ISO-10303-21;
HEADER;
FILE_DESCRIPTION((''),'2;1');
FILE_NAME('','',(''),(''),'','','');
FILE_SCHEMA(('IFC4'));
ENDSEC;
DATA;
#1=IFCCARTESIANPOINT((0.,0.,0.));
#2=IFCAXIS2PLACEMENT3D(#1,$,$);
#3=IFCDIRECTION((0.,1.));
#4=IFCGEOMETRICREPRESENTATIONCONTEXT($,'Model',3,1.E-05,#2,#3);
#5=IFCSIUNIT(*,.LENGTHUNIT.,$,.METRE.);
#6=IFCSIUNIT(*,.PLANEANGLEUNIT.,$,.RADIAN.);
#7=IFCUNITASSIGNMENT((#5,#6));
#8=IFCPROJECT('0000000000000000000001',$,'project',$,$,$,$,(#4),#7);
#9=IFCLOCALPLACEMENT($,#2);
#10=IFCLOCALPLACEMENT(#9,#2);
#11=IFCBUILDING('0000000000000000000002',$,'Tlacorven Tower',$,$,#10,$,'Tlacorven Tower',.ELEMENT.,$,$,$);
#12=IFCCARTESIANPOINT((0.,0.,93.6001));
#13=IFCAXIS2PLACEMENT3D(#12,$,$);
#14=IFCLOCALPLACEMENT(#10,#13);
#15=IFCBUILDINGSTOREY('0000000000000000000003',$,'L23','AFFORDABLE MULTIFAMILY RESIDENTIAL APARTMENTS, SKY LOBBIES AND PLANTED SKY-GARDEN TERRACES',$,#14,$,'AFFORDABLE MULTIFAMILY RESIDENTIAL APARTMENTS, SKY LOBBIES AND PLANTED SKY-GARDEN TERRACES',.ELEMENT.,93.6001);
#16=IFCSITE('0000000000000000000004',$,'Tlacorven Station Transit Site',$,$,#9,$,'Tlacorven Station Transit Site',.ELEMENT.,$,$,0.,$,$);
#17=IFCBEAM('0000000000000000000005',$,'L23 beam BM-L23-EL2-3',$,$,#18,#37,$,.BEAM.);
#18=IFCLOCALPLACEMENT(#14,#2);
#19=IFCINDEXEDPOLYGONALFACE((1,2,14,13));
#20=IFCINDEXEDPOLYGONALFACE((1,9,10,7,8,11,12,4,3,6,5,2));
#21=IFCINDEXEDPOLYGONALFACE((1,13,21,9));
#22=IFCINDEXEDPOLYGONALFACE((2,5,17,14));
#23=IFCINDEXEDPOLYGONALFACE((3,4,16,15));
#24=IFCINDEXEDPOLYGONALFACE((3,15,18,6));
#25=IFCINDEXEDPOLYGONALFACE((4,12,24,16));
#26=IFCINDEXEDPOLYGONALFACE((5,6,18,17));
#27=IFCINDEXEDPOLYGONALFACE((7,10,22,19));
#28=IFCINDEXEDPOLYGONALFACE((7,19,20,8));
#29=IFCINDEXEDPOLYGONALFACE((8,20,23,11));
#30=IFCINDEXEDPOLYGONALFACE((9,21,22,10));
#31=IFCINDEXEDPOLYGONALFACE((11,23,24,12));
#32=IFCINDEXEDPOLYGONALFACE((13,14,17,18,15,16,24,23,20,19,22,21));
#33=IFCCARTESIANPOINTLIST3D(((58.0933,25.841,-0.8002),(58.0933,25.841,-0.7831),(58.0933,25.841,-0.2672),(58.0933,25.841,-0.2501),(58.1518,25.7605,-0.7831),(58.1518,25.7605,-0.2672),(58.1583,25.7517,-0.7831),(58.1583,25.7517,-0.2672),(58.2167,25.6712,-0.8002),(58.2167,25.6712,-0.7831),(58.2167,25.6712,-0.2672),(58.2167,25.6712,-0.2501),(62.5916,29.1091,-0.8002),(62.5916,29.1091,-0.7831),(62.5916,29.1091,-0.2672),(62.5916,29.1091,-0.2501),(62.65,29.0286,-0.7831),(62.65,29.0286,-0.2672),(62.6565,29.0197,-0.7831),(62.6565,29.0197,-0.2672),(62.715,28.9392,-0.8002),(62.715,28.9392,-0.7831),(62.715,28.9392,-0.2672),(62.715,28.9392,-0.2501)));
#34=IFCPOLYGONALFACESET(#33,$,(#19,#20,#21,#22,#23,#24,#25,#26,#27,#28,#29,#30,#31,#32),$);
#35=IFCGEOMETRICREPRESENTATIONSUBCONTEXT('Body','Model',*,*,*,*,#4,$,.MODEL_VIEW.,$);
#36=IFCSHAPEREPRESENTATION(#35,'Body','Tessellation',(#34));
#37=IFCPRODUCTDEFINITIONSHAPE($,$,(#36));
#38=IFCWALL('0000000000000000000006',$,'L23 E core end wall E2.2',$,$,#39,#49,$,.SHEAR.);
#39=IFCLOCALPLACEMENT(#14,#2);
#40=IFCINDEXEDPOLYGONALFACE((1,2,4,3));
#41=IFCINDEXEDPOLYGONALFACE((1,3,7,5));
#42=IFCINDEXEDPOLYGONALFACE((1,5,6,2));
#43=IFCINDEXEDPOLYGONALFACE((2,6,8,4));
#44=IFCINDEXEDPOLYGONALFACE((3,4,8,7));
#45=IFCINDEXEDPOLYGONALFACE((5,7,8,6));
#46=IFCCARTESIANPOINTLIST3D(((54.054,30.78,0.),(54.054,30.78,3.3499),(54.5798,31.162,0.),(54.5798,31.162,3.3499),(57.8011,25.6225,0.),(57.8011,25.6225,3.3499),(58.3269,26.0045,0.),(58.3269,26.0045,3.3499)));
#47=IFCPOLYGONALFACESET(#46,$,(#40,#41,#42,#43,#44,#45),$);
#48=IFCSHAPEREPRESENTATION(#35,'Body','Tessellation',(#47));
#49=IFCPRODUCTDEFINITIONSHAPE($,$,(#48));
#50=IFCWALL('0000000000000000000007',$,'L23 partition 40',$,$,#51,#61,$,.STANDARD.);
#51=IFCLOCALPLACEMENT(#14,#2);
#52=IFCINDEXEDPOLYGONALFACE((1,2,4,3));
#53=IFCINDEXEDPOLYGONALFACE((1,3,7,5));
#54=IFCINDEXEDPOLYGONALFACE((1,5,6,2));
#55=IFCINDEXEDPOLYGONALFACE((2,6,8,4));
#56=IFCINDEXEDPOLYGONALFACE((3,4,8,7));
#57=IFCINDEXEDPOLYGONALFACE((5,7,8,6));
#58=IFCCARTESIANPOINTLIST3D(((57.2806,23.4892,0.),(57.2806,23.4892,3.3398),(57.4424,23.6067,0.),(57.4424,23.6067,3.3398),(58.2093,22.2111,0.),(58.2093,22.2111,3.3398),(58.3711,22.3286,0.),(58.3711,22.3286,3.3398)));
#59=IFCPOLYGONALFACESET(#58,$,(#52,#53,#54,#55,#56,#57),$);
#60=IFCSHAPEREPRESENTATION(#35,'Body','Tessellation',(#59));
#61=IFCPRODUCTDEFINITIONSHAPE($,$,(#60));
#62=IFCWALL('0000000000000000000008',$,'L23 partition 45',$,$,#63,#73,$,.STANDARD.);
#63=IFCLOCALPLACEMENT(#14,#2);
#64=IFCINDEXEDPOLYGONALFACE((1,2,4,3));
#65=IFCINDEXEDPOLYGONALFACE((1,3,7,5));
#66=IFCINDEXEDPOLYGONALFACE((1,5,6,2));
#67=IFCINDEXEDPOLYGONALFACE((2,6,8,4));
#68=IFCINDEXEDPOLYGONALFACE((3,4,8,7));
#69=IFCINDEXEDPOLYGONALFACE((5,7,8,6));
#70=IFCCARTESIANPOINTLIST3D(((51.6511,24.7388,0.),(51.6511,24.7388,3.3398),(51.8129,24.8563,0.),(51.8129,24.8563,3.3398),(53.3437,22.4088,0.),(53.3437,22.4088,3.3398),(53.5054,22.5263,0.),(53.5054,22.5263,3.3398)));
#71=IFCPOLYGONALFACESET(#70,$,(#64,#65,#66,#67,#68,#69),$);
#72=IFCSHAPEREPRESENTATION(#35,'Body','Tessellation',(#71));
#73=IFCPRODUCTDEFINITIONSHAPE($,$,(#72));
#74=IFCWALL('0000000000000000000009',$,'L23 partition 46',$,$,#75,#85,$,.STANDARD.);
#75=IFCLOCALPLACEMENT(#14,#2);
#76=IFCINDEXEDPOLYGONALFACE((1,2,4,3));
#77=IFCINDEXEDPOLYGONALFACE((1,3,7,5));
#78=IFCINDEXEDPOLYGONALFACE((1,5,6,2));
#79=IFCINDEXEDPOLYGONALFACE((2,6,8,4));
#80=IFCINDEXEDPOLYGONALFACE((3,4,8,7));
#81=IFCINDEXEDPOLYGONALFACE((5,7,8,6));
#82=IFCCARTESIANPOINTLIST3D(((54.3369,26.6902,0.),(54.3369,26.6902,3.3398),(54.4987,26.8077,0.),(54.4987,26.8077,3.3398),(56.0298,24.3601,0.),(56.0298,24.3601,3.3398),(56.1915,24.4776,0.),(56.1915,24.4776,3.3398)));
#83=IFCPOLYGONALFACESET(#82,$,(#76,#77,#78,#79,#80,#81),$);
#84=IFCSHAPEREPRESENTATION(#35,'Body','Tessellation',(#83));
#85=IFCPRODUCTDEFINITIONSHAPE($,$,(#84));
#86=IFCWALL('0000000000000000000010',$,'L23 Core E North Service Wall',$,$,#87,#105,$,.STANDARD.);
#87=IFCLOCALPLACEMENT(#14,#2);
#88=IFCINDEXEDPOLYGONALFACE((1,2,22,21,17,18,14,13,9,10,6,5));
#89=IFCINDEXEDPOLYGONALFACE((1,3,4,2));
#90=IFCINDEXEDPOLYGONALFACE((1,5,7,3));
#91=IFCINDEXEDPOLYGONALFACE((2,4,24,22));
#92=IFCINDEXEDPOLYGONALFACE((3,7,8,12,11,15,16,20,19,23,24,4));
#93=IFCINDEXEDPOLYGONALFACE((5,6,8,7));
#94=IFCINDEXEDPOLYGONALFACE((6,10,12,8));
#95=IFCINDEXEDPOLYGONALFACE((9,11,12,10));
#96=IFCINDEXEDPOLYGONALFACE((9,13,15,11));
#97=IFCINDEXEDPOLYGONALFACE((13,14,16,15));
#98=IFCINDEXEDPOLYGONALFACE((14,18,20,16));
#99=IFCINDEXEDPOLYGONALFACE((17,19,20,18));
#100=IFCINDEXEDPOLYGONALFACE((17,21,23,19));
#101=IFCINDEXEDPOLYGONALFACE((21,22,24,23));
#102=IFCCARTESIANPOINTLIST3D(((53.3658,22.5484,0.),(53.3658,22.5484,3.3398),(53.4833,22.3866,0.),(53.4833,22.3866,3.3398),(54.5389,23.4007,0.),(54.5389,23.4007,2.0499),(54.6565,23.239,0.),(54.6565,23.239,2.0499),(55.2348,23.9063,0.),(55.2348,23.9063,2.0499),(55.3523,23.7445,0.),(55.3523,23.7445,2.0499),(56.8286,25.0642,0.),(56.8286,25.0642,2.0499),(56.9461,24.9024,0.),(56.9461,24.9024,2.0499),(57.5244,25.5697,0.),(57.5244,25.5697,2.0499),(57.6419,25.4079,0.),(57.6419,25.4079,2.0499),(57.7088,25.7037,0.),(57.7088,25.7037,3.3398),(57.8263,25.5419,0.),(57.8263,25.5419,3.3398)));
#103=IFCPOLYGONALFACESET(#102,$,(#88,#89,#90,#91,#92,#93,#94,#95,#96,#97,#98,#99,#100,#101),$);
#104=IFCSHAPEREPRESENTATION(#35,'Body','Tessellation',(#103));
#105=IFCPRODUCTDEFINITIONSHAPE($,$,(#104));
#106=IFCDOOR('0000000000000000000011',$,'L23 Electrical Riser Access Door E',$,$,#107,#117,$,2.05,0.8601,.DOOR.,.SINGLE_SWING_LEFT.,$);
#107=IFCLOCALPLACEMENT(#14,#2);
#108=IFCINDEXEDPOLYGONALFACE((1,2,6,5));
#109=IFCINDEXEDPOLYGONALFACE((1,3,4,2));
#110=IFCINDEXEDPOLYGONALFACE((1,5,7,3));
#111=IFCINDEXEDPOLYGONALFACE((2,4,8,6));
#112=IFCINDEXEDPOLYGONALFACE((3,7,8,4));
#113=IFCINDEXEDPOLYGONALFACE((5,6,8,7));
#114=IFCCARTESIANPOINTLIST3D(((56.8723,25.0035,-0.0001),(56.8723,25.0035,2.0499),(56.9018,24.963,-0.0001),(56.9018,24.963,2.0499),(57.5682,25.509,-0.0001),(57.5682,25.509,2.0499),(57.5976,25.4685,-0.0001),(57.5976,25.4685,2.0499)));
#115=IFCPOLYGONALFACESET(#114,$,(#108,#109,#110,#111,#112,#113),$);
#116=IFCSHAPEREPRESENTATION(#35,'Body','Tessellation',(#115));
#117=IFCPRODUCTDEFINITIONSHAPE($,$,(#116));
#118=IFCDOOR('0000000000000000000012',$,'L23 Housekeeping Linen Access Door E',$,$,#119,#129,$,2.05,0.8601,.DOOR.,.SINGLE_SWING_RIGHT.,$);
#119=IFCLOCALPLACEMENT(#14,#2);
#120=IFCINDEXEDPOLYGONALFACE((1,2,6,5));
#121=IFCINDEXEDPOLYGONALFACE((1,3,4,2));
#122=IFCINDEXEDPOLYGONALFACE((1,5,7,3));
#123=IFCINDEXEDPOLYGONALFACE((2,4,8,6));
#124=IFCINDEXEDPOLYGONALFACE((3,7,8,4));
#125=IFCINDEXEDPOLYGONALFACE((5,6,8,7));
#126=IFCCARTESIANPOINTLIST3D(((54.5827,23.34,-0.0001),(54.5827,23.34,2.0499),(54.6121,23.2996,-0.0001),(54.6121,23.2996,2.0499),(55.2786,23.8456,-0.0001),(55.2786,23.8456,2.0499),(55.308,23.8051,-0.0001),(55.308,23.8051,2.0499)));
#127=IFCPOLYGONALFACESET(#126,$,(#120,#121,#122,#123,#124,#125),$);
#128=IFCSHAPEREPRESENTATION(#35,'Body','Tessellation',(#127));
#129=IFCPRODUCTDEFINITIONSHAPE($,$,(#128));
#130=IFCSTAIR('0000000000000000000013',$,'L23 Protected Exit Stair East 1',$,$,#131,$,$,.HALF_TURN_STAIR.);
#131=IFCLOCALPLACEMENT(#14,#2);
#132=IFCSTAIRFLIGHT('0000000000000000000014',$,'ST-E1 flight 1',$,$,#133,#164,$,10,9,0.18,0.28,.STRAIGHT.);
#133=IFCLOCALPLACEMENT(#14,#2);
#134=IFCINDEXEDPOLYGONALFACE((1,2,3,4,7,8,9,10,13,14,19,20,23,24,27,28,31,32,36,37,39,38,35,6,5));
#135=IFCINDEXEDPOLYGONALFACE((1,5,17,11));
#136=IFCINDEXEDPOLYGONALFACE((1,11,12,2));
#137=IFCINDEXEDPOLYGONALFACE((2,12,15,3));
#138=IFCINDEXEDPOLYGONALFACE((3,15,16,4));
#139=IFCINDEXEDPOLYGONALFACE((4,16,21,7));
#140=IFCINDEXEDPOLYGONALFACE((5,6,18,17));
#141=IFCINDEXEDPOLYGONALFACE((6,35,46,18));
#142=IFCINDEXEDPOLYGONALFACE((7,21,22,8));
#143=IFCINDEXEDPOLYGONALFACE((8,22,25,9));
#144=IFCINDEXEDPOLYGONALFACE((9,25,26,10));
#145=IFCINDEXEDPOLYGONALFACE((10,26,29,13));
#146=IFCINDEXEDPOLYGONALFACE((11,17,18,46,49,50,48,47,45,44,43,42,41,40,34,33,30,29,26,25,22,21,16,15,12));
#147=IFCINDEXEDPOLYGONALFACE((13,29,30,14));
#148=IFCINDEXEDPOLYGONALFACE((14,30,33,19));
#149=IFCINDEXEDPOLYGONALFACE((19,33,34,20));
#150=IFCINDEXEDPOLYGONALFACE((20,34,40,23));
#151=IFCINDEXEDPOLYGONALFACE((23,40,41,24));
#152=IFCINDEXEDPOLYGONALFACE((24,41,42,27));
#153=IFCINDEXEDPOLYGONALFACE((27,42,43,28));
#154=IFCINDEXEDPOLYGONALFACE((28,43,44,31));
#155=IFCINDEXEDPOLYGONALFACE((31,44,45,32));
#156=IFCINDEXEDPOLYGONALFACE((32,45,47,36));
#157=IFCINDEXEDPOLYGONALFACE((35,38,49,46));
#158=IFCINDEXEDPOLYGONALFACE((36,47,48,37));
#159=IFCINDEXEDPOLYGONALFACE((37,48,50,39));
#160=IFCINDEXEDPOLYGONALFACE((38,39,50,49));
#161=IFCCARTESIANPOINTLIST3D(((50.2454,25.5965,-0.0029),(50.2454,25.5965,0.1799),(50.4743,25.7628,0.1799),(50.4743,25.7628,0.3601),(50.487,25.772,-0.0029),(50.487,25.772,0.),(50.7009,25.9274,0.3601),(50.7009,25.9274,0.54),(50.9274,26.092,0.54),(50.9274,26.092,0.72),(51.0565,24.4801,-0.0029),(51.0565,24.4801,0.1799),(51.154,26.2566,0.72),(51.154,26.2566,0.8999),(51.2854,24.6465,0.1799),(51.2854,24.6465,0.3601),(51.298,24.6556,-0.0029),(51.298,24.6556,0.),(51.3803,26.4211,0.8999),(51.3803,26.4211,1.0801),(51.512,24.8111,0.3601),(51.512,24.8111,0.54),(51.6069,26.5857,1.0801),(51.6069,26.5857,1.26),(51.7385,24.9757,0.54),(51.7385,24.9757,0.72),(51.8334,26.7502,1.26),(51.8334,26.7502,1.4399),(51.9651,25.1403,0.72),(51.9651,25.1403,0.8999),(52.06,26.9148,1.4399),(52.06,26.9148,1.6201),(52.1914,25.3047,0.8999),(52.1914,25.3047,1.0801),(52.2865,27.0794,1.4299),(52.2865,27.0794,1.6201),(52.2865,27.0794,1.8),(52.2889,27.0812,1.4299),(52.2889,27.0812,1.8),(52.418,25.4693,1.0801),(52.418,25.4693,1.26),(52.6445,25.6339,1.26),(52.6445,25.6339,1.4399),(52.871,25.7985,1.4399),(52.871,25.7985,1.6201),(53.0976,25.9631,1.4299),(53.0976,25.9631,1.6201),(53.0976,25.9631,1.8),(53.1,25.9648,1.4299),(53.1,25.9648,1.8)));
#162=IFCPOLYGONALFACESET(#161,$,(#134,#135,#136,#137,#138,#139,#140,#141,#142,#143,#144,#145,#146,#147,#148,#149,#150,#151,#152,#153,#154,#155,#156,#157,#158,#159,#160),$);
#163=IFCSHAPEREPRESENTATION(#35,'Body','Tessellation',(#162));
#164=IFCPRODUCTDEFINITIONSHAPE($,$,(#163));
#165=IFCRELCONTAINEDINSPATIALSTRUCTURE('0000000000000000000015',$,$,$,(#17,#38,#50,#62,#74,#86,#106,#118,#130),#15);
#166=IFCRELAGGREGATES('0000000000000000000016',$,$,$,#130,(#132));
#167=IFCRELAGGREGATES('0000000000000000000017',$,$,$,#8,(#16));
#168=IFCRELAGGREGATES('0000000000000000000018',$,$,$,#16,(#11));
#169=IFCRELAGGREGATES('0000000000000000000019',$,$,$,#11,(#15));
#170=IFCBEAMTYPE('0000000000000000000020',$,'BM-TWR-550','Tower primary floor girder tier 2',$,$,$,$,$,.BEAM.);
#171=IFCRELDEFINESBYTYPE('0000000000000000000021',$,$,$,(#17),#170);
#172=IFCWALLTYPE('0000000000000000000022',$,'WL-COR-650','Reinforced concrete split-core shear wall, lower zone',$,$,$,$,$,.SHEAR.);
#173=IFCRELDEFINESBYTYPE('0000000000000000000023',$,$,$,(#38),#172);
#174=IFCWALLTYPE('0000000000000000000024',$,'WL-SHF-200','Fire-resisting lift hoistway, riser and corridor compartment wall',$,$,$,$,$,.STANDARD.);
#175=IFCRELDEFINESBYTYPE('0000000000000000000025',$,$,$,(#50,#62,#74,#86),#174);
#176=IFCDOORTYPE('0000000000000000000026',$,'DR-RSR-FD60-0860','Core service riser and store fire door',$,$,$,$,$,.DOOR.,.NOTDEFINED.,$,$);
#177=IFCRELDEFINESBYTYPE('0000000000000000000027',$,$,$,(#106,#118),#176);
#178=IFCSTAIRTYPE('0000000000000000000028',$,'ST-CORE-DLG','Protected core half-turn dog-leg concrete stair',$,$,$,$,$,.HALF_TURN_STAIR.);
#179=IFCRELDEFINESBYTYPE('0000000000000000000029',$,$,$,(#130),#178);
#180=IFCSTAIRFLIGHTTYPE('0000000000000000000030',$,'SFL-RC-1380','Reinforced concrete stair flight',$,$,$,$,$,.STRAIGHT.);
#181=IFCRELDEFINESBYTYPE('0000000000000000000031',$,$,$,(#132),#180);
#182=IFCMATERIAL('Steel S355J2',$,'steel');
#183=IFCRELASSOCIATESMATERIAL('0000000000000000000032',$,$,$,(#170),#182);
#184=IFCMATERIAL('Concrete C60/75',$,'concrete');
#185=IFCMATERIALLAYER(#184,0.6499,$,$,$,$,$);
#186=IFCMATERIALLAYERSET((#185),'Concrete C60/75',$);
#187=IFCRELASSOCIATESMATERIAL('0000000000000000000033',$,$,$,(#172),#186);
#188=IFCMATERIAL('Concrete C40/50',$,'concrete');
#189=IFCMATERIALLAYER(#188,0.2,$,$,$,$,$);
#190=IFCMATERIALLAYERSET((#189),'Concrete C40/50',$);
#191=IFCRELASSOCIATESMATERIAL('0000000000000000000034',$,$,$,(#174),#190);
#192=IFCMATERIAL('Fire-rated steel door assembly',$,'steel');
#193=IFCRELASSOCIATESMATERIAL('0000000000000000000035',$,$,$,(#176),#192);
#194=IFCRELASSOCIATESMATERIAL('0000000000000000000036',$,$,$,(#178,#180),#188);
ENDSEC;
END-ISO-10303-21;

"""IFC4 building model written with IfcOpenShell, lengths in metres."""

from ifc_helpers import new_model, si_unit, direction, frame, frame_2d, origin, origin_2d, place, context, subcontext, project, spatial, polyline, rectangle, i_section, outline, extrude, source, transform, mapped, material, layer, layer_set, material_profile, profile_set, type_object, element, fill, aggregate, save


model = new_model("IFC4")

# Units and contexts
model_context = context("Model", 3, precision=1e-05, world=origin(), true_north=direction((0.0, 1.0)))
body_context = subcontext(model_context, "Body", "Model", "MODEL_VIEW")
ifc_project = project(units=[si_unit("LENGTHUNIT", "METRE"), si_unit("PLANEANGLEUNIT", "RADIAN")], contexts=[model_context])

# Site, building, storey
site_placement = place(None, origin())
site = spatial("IfcSite", under=ifc_project, at=site_placement, Name="Tlacorven Station Transit Site", LongName="Tlacorven Station Transit Site", CompositionType="ELEMENT", RefElevation=0.0)
building_placement = place(site_placement, origin())
building = spatial("IfcBuilding", under=site, at=building_placement, Name="Tlacorven Tower", LongName="Tlacorven Tower", CompositionType="ELEMENT")
storey_placement = place(building_placement, frame((0.0, 0.0, 93.6001)))
storey = spatial("IfcBuildingStorey", under=building, at=storey_placement, Name="L23", Description="AFFORDABLE MULTIFAMILY RESIDENTIAL APARTMENTS, SKY LOBBIES AND PLANTED SKY-GARDEN TERRACES", LongName="AFFORDABLE MULTIFAMILY RESIDENTIAL APARTMENTS, SKY LOBBIES AND PLANTED SKY-GARDEN TERRACES", CompositionType="ELEMENT", Elevation=93.6001)

# Beam
ifc_material_1 = material(Name="Steel S355J2", Category="steel")
ifc_material_profile = material_profile(ifc_material_1, i_section(OverallWidth=0.21, OverallDepth=0.55, WebThickness=0.011, FlangeThickness=0.0171, at=origin_2d()), Name="IPE 550")
ifc_profile_set = profile_set([ifc_material_profile], Name="Steel S355J2")
beam_type = type_object("IfcBeamType", Name="BM-TWR-550", Description="Tower primary floor girder tier 2", PredefinedType="BEAM", material=ifc_profile_set)
shared_shape_1 = source(origin(), body_context, "Body", "SweptSolid", [
    extrude(i_section(OverallWidth=0.21, OverallDepth=0.55, WebThickness=0.011, FlangeThickness=0.0171, at=origin_2d()), origin(), (0.0, 0.0, 1.0), 5.5601),
])
beam_placement = place(storey_placement, frame((58.155, 25.7561, -0.5251), z_axis=(0.809028, 0.58777, 0.0), x_axis=(-0.58777, 0.809028, 0.0)))
element("IfcBeam", 1, at=beam_placement, inside=storey, type_object=beam_type, Name="L23 beam BM-L23-EL2-3", PredefinedType="BEAM", context=body_context, shape_type="MappedRepresentation", body=[
    mapped(shared_shape_1, transform((0.0, 0.0, 0.0), scale=1.0)),
])

# Walls
ifc_material_2 = material(Name="Concrete C60/75", Category="concrete")
ifc_layer_1 = layer(ifc_material_2, 0.6499)
ifc_layer_set_1 = layer_set([ifc_layer_1], Name="Concrete C60/75")
wall_type_1 = type_object("IfcWallType", Name="WL-COR-650", Description="Reinforced concrete split-core shear wall, lower zone", PredefinedType="SHEAR", material=ifc_layer_set_1)
wall_1_placement = place(storey_placement, frame((58.064, 25.8135, 0.0), z_axis=(0.0, 0.0, 1.0), x_axis=(-0.58778, 0.809021, 0.0)))
element("IfcWall", 2, at=wall_1_placement, inside=storey, type_object=wall_type_1, Name="L23 E core end wall E2.2", PredefinedType="SHEAR", context=body_context, shape_type="SweptSolid", body=[
    extrude(rectangle(XDim=6.375, YDim=0.6499, at=frame_2d((3.1875, 0.0))), origin(), (0.0, 0.0, 1.0), 3.3499),
])
ifc_material_3 = material(Name="Concrete C40/50", Category="concrete")
ifc_layer_2 = layer(ifc_material_3, 0.2)
ifc_layer_set_2 = layer_set([ifc_layer_2], Name="Concrete C40/50")
wall_type_2 = type_object("IfcWallType", Name="WL-SHF-200", Description="Fire-resisting lift hoistway, riser and corridor compartment wall", PredefinedType="STANDARD", material=ifc_layer_set_2)
wall_2_placement = place(storey_placement, frame((58.2903, 22.2698, 0.0), z_axis=(0.0, 0.0, 1.0), x_axis=(-0.587841, 0.808977, 0.0)))
element("IfcWall", 3, at=wall_2_placement, inside=storey, type_object=wall_type_2, Name="L23 partition 40", PredefinedType="STANDARD", context=body_context, shape_type="SweptSolid", body=[
    extrude(rectangle(XDim=1.5798, YDim=0.2, at=frame_2d((0.79, 0.0))), origin(), (0.0, 0.0, 1.0), 3.3398),
])
wall_3_placement = place(storey_placement, frame((53.4246, 22.4675, 0.0), z_axis=(0.0, 0.0, 1.0), x_axis=(-0.587723, 0.809062, 0.0)))
element("IfcWall", 4, at=wall_3_placement, inside=storey, type_object=wall_type_2, Name="L23 partition 45", PredefinedType="STANDARD", context=body_context, shape_type="SweptSolid", body=[
    extrude(rectangle(XDim=2.8799, YDim=0.2, at=frame_2d((1.4399, 0.0))), origin(), (0.0, 0.0, 1.0), 3.3398),
])
wall_4_placement = place(storey_placement, frame((56.1106, 24.4189, 0.0), z_axis=(0.0, 0.0, 1.0), x_axis=(-0.587778, 0.809022, 0.0)))
element("IfcWall", 5, at=wall_4_placement, inside=storey, type_object=wall_type_2, Name="L23 partition 46", PredefinedType="STANDARD", context=body_context, shape_type="SweptSolid", body=[
    extrude(rectangle(XDim=2.8801, YDim=0.2, at=frame_2d((1.4399, 0.0))), origin(), (0.0, 0.0, 1.0), 3.3398),
])

# Wall, openings, doors
wall_5_placement = place(storey_placement, frame((53.4246, 22.4675, 0.0), z_axis=(0.0, 0.0, 1.0), x_axis=(0.809027, 0.587771, 0.0)))
wall_5 = element("IfcWall", 6, at=wall_5_placement, inside=storey, type_object=wall_type_2, Name="L23 Core E North Service Wall", PredefinedType="STANDARD", context=body_context, shape_type="SweptSolid", body=[
    extrude(rectangle(XDim=5.3682, YDim=0.2, at=frame_2d((2.6841, 0.0))), origin(), (0.0, 0.0, 1.0), 3.3398),
])
opening_1_placement = place(wall_5_placement, frame((4.28, 0.0, 0.0)))
opening_1 = element("IfcOpeningElement", 7, at=opening_1_placement, cuts=wall_5, PredefinedType="OPENING", context=body_context, shape_type="SweptSolid", body=[
    extrude(rectangle(XDim=0.8601, YDim=2.05, at=frame_2d((0.4302, 1.0249))), frame((0.0, 0.1099, 0.0), z_axis=(0.0, -1.0, 0.0), x_axis=(1.0, 0.0, 0.0)), (0.0, 0.0, 1.0), 0.22),
])
opening_2_placement = place(wall_5_placement, frame((1.45, 0.0, 0.0)))
opening_2 = element("IfcOpeningElement", 8, at=opening_2_placement, cuts=wall_5, PredefinedType="OPENING", context=body_context, shape_type="SweptSolid", body=[
    extrude(rectangle(XDim=0.8601, YDim=2.05, at=frame_2d((0.4302, 1.0249))), frame((0.0, 0.1099, 0.0), z_axis=(0.0, -1.0, 0.0), x_axis=(1.0, 0.0, 0.0)), (0.0, 0.0, 1.0), 0.22),
])
ifc_material_4 = material(Name="Fire-rated steel door assembly", Category="steel")
door_type = type_object("IfcDoorType", Name="DR-RSR-FD60-0860", Description="Core service riser and store fire door", OperationType="NOTDEFINED", PredefinedType="DOOR", material=ifc_material_4)
shared_shape_2 = source(origin(), body_context, "Body", "SweptSolid", [
    extrude(rectangle(XDim=0.8601, YDim=2.05, at=frame_2d((0.4302, 1.0249))), frame((0.0, 0.0249, 0.0), z_axis=(0.0, -1.0, 0.0), x_axis=(1.0, 0.0, 0.0)), (0.0, 0.0, 1.0), 0.05),
])
door_1_placement = place(opening_1_placement, frame((0.8601, 0.0, 0.0), z_axis=(0.0, 0.0, 1.0), x_axis=(-1.0, 0.0, 0.0)))
door_1 = element("IfcDoor", 9, at=door_1_placement, inside=storey, type_object=door_type, Name="L23 Electrical Riser Access Door E", OperationType="SINGLE_SWING_LEFT", OverallHeight=2.05, OverallWidth=0.8601, PredefinedType="DOOR", context=body_context, shape_type="MappedRepresentation", body=[
    mapped(shared_shape_2, transform((0.0, 0.0, 0.0), scale=1.0)),
])
fill(opening_1, door_1)
door_2_placement = place(opening_2_placement, frame((0.8601, 0.0, 0.0), z_axis=(0.0, 0.0, 1.0), x_axis=(-1.0, 0.0, 0.0)))
door_2 = element("IfcDoor", 10, at=door_2_placement, inside=storey, type_object=door_type, Name="L23 Housekeeping Linen Access Door E", OperationType="SINGLE_SWING_RIGHT", OverallHeight=2.05, OverallWidth=0.8601, PredefinedType="DOOR", context=body_context, shape_type="MappedRepresentation", body=[
    mapped(shared_shape_2, transform((0.0, 0.0, 0.0), scale=1.0)),
])
fill(opening_2, door_2)

# Stair, stair flight
stair_type = type_object("IfcStairType", Name="ST-CORE-DLG", Description="Protected core half-turn dog-leg concrete stair", PredefinedType="HALF_TURN_STAIR", material=ifc_material_3)
stair_placement = place(storey_placement, origin())
stair = element("IfcStair", 11, at=stair_placement, inside=storey, type_object=stair_type, Name="L23 Protected Exit Stair East 1", PredefinedType="HALF_TURN_STAIR")
stair_flight_type = type_object("IfcStairFlightType", Name="SFL-RC-1380", Description="Reinforced concrete stair flight", PredefinedType="STRAIGHT", material=ifc_material_3)
shared_shape_3 = source(origin(), body_context, "Body", "SweptSolid", [
    extrude(outline(polyline([(-0.0029, -0.0029), (-0.0029, 0.1799), (0.28, 0.1799), (0.28, 0.3601), (0.5601, 0.3601), (0.5601, 0.54), (0.8401, 0.54), (0.8401, 0.72), (1.1201, 0.72), (1.1201, 0.8999), (1.3999, 0.8999), (1.3999, 1.0801), (1.6799, 1.0801), (1.6799, 1.26), (1.96, 1.26), (1.96, 1.4399), (2.24, 1.4399), (2.24, 1.6201), (2.52, 1.6201), (2.52, 1.8), (2.5229, 1.8), (2.5229, 1.4299), (2.52, 1.4299), (0.2957, 0.0), (0.2957, -0.0029), (-0.0029, -0.0029)])), frame((0.0, 0.6899, 0.0), z_axis=(0.0, -1.0, 0.0), x_axis=(1.0, 0.0, 0.0)), (0.0, 0.0, 1.0), 1.3799),
])
stair_flight_placement = place(storey_placement, frame((50.6533, 25.04, 0.0), z_axis=(0.0, 0.0, 1.0), x_axis=(0.809017, 0.587785, 0.0)))
stair_flight = element("IfcStairFlight", 12, at=stair_flight_placement, type_object=stair_flight_type, Name="ST-E1 flight 1", NumberOfRisers=10, NumberOfTreads=9, PredefinedType="STRAIGHT", RiserHeight=0.18, TreadLength=0.28, context=body_context, shape_type="MappedRepresentation", body=[
    mapped(shared_shape_3, transform((0.0, 0.0, 0.0), scale=1.0)),
])
aggregate(stair, [stair_flight])

save(model, "model.ifc")
